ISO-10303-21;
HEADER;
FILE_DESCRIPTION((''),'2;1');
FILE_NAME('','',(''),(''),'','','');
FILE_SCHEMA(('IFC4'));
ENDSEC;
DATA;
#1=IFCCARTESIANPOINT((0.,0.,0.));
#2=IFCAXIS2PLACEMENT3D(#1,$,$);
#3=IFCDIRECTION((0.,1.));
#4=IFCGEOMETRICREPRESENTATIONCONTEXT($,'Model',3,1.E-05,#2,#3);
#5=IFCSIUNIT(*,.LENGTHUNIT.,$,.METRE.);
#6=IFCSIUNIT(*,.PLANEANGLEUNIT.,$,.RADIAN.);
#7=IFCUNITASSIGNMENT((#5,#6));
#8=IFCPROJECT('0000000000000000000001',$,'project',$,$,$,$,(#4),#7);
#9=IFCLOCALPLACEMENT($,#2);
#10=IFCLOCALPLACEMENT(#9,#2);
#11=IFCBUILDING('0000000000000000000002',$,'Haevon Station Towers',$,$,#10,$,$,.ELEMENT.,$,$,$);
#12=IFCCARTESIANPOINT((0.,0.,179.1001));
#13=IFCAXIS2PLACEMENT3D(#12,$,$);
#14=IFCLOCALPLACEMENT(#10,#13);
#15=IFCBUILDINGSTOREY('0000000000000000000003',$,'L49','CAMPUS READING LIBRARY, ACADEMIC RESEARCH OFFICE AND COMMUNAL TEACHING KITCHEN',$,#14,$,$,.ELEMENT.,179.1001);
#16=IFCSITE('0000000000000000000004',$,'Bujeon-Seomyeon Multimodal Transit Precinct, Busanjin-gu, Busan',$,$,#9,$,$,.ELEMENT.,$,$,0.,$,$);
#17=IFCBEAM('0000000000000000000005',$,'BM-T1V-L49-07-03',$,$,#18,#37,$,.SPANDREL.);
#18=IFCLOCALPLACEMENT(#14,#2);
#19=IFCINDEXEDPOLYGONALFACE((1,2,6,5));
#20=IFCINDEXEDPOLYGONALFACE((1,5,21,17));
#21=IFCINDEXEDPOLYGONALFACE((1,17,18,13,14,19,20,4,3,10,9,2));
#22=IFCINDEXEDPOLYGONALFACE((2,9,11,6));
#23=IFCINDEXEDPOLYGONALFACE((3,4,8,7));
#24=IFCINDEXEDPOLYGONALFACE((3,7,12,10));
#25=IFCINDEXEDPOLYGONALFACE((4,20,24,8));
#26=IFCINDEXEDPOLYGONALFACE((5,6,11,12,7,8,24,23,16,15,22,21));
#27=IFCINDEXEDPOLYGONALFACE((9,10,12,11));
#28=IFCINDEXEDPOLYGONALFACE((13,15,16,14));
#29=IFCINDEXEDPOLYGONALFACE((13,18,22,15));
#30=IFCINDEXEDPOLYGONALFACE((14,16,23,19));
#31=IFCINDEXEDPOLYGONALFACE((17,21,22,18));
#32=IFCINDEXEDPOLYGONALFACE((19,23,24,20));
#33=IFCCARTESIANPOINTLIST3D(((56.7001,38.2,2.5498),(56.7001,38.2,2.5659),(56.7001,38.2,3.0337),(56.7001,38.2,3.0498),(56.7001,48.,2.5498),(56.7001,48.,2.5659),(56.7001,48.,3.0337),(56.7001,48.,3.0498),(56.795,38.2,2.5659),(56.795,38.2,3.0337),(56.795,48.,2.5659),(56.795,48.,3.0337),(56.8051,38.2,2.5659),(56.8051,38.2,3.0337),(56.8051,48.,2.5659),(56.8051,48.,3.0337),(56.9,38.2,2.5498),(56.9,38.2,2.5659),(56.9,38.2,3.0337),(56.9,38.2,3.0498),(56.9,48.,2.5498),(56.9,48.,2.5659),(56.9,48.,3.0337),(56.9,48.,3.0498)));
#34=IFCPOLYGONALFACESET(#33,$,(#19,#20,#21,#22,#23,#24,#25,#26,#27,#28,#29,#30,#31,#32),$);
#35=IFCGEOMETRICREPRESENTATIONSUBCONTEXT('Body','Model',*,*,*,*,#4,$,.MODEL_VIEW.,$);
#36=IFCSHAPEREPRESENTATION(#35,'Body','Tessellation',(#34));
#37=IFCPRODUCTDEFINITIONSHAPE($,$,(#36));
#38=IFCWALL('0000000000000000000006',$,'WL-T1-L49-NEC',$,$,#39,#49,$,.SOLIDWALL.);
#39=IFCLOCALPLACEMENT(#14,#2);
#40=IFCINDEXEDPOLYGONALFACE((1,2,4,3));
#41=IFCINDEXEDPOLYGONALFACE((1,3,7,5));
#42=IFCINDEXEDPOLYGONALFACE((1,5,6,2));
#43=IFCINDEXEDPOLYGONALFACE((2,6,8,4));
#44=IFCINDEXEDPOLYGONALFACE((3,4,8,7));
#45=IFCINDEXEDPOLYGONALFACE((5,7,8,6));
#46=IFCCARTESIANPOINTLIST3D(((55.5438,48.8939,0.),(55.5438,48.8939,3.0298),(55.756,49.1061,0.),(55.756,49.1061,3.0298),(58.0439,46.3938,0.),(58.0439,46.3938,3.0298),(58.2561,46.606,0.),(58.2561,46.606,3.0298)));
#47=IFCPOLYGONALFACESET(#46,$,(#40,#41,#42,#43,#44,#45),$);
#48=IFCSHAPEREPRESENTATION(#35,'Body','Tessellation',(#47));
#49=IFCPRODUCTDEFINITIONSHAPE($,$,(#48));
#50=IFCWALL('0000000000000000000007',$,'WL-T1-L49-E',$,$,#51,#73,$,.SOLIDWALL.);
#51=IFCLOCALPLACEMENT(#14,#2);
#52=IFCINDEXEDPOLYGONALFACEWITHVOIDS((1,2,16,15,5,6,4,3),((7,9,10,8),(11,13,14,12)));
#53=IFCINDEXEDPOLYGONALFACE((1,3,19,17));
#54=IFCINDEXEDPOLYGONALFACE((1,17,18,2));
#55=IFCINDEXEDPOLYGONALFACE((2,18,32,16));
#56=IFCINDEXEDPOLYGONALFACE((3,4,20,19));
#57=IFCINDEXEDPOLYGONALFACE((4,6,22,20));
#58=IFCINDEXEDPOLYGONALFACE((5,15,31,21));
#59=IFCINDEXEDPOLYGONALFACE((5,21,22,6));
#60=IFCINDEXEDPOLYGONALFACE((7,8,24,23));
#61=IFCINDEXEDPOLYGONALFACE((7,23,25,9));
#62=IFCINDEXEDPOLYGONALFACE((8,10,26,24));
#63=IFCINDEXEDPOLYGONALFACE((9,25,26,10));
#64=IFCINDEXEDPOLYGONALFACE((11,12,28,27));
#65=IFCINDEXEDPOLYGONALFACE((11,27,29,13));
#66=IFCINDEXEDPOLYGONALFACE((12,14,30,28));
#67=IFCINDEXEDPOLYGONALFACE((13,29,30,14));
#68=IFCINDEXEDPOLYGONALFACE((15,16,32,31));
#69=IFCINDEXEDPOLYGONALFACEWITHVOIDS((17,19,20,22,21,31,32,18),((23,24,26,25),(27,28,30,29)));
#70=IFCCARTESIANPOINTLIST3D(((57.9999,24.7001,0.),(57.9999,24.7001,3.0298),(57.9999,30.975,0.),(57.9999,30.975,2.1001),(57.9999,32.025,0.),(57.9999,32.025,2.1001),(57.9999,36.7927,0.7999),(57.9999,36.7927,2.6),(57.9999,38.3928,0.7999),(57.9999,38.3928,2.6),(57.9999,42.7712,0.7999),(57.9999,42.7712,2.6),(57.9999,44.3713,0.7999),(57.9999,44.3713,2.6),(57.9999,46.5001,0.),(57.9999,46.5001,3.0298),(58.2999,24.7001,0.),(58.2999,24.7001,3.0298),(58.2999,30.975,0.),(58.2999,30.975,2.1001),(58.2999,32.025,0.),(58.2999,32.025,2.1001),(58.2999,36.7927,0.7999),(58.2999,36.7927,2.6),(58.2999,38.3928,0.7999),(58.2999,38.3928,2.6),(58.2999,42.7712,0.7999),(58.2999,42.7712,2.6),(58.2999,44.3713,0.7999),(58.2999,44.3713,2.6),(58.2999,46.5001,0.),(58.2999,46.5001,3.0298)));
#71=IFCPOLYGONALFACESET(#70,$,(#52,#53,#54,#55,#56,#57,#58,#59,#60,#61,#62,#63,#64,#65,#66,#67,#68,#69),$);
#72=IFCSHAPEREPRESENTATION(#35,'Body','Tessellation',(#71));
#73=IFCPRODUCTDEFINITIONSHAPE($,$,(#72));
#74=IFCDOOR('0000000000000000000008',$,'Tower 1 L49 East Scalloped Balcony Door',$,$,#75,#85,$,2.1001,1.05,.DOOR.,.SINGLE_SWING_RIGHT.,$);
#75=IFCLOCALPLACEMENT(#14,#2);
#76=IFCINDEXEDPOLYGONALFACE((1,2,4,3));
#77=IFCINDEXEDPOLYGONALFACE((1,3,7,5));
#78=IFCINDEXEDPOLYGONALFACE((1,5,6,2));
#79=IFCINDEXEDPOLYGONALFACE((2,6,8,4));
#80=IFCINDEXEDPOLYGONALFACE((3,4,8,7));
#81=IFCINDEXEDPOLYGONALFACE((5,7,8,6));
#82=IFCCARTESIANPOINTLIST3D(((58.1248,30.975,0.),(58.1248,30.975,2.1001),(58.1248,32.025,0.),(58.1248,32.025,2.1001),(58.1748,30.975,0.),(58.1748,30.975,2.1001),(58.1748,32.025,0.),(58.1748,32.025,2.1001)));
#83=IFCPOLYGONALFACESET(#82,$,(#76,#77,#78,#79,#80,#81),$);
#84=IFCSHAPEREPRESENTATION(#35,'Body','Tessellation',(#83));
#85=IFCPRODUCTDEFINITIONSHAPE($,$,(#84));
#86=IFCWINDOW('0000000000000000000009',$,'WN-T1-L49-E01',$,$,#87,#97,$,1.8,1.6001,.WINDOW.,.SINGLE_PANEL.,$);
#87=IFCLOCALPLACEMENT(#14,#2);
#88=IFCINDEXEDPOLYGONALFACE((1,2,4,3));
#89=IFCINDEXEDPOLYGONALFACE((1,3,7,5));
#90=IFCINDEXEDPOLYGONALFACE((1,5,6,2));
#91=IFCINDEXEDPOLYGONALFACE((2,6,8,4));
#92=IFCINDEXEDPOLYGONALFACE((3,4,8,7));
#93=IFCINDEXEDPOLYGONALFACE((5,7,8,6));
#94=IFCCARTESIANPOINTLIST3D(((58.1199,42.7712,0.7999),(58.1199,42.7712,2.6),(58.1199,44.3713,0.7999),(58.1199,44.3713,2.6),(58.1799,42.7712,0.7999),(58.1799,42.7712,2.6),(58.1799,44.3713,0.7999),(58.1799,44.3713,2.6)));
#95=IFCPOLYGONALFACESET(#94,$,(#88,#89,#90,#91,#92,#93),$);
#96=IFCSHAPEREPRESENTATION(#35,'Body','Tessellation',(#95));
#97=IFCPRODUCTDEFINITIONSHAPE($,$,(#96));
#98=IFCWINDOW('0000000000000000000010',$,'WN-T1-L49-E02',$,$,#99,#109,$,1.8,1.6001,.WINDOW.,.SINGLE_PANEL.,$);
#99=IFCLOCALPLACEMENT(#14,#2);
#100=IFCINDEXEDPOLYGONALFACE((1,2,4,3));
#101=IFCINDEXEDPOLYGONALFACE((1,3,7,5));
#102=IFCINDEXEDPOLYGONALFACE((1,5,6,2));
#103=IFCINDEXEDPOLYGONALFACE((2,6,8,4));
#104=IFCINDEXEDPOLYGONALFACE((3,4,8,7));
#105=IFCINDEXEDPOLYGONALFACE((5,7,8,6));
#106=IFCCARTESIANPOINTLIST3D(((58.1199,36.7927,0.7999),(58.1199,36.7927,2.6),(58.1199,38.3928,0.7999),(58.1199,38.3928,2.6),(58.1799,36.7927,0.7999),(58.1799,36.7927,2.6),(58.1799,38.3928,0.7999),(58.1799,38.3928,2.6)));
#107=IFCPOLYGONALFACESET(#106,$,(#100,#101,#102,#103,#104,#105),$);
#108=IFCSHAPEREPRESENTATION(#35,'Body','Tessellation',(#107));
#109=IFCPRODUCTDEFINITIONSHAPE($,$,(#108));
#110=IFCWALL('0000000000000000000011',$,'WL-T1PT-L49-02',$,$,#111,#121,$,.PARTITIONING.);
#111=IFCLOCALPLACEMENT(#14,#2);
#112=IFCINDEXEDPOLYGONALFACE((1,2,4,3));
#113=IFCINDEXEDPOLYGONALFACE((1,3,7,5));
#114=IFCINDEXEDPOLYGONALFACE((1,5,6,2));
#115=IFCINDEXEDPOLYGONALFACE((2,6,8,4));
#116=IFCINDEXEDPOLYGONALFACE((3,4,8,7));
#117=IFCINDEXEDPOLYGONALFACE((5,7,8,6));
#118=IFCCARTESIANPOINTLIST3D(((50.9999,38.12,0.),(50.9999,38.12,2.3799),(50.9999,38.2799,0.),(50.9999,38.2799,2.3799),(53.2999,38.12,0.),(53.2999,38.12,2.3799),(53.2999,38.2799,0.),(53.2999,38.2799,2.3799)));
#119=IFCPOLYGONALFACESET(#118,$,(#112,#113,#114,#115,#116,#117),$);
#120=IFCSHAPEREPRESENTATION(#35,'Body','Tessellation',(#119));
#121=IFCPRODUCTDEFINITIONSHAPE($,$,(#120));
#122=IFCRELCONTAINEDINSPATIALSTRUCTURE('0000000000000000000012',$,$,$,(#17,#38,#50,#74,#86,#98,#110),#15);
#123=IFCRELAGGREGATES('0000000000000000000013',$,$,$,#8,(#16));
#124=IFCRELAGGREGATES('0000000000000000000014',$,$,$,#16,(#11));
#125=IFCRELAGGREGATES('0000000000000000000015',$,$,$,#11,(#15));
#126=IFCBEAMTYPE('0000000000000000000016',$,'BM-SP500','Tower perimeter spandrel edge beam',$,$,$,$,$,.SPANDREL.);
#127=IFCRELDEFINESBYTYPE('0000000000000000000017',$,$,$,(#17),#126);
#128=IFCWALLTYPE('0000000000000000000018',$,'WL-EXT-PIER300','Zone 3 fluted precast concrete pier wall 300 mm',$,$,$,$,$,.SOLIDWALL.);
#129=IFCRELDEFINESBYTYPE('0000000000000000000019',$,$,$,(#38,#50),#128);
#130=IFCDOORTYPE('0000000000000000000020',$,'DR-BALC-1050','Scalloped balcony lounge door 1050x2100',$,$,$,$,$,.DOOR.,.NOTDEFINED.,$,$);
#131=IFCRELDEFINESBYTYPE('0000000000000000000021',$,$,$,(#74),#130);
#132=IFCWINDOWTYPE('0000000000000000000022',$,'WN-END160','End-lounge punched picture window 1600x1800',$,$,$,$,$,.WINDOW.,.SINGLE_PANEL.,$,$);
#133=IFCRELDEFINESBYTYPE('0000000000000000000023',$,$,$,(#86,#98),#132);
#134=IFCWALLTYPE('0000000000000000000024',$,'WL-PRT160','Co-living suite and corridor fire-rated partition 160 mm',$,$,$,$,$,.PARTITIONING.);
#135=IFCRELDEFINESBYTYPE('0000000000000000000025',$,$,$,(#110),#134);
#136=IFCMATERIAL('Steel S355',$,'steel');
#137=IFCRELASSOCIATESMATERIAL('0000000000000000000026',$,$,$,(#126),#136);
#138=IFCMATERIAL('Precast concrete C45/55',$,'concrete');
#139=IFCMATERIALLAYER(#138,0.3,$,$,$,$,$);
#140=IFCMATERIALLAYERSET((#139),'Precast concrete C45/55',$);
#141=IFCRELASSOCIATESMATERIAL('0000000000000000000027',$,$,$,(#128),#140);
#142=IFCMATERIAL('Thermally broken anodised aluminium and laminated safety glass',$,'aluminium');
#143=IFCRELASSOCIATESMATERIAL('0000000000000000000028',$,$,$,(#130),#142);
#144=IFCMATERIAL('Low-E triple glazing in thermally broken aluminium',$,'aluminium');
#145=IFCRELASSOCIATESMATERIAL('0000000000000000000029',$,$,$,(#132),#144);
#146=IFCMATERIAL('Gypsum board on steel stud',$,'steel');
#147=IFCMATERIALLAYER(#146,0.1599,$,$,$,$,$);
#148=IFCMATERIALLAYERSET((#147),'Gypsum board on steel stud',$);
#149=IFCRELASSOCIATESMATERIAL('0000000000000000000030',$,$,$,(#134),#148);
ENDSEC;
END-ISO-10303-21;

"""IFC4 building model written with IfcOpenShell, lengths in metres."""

from ifc_helpers import new_model, si_unit, direction, frame, frame_2d, origin, origin_2d, place, context, subcontext, project, spatial, rectangle, i_section, extrude, material, layer, layer_set, material_profile, profile_set, type_object, element, fill, save


model = new_model("IFC4")

# Units and contexts
model_context = context("Model", 3, precision=1e-05, world=origin(), true_north=direction((0.0, 1.0)))
body_context = subcontext(model_context, "Body", "Model", "MODEL_VIEW")
ifc_project = project(units=[si_unit("LENGTHUNIT", "METRE"), si_unit("PLANEANGLEUNIT", "RADIAN")], contexts=[model_context])

# Site, building, storey
site_placement = place(None, origin())
site = spatial("IfcSite", under=ifc_project, at=site_placement, Name="Bujeon-Seomyeon Multimodal Transit Precinct, Busanjin-gu, Busan", CompositionType="ELEMENT", RefElevation=0.0)
building_placement = place(site_placement, origin())
building = spatial("IfcBuilding", under=site, at=building_placement, Name="Haevon Station Towers", CompositionType="ELEMENT")
storey_placement = place(building_placement, frame((0.0, 0.0, 179.1001)))
storey = spatial("IfcBuildingStorey", under=building, at=storey_placement, Name="L49", Description="CAMPUS READING LIBRARY, ACADEMIC RESEARCH OFFICE AND COMMUNAL TEACHING KITCHEN", CompositionType="ELEMENT", Elevation=179.1001)

# Shared definitions
ifc_material_1 = material(Name="Steel S355", Category="steel")

# Beam
ifc_material_profile_1 = material_profile(ifc_material_1, i_section(OverallWidth=0.2, OverallDepth=0.5, WebThickness=0.01, FlangeThickness=0.0161, at=origin_2d()), Name="H-500x200x10x16")
ifc_profile_set_1 = profile_set([ifc_material_profile_1], Name="Steel S355")
beam_type_1 = type_object("IfcBeamType", Name="BM-SP500", Description="Tower perimeter spandrel edge beam", PredefinedType="SPANDREL", material=ifc_profile_set_1)
beam_1_placement = place(storey_placement, frame((56.8, 38.2, 2.7998), z_axis=(0.0, 1.0, 0.0), x_axis=(-1.0, 0.0, 0.0)))
element("IfcBeam", 1, at=beam_1_placement, inside=storey, type_object=beam_type_1, Name="BM-T1V-L49-07-03", PredefinedType="SPANDREL", context=body_context, shape_type="SweptSolid", body=[
    extrude(i_section(OverallWidth=0.2, OverallDepth=0.5, WebThickness=0.01, FlangeThickness=0.0161, at=origin_2d()), origin(), (0.0, 0.0, 1.0), 9.8),
])

# Wall
ifc_material_2 = material(Name="Precast concrete C45/55", Category="concrete")
ifc_layer_1 = layer(ifc_material_2, 0.3)
ifc_layer_set_1 = layer_set([ifc_layer_1], Name="Precast concrete C45/55")
wall_type_1 = type_object("IfcWallType", Name="WL-EXT-PIER300", Description="Zone 3 fluted precast concrete pier wall 300 mm", PredefinedType="SOLIDWALL", material=ifc_layer_set_1)
wall_1_placement = place(storey_placement, frame((55.6499, 49.0, 0.0), z_axis=(0.0, 0.0, 1.0), x_axis=(0.707107, -0.707107, 0.0)))
element("IfcWall", 2, at=wall_1_placement, inside=storey, type_object=wall_type_1, Name="WL-T1-L49-NEC", PredefinedType="SOLIDWALL", context=body_context, shape_type="SweptSolid", body=[
    extrude(rectangle(XDim=3.5356, YDim=0.3, at=frame_2d((1.7678, 0.0))), origin(), (0.0, 0.0, 1.0), 3.0298),
])

# Wall, openings, door, windows
wall_2_placement = place(storey_placement, frame((58.1499, 46.5, 0.0), z_axis=(0.0, 0.0, 1.0), x_axis=(0.0, -1.0, 0.0)))
wall_2 = element("IfcWall", 3, at=wall_2_placement, inside=storey, type_object=wall_type_1, Name="WL-T1-L49-E", PredefinedType="SOLIDWALL", context=body_context, shape_type="SweptSolid", body=[
    extrude(rectangle(XDim=21.8, YDim=0.3, at=frame_2d((10.8999, 0.0))), origin(), (0.0, 0.0, 1.0), 3.0298),
])
opening_1_placement = place(wall_2_placement, frame((14.4751, 0.0, 0.0)))
opening_1 = element("IfcOpeningElement", 4, at=opening_1_placement, cuts=wall_2, PredefinedType="OPENING", context=body_context, shape_type="SweptSolid", body=[
    extrude(rectangle(XDim=1.05, YDim=2.1001, at=frame_2d((0.5249, 1.05))), frame((0.0, 0.1599, 0.0), z_axis=(0.0, -1.0, 0.0), x_axis=(1.0, 0.0, 0.0)), (0.0, 0.0, 1.0), 0.3201),
])
opening_2_placement = place(wall_2_placement, frame((2.1287, 0.0, 0.8)))
opening_2 = element("IfcOpeningElement", 5, at=opening_2_placement, cuts=wall_2, PredefinedType="OPENING", context=body_context, shape_type="SweptSolid", body=[
    extrude(rectangle(XDim=1.6001, YDim=1.8, at=frame_2d((0.8, 0.8999))), frame((0.0, 0.1599, 0.0), z_axis=(0.0, -1.0, 0.0), x_axis=(1.0, 0.0, 0.0)), (0.0, 0.0, 1.0), 0.3201),
])
opening_3_placement = place(wall_2_placement, frame((8.1072, 0.0, 0.8)))
opening_3 = element("IfcOpeningElement", 6, at=opening_3_placement, cuts=wall_2, PredefinedType="OPENING", context=body_context, shape_type="SweptSolid", body=[
    extrude(rectangle(XDim=1.6001, YDim=1.8, at=frame_2d((0.8, 0.8999))), frame((0.0, 0.1599, 0.0), z_axis=(0.0, -1.0, 0.0), x_axis=(1.0, 0.0, 0.0)), (0.0, 0.0, 1.0), 0.3201),
])
ifc_material_3 = material(Name="Thermally broken anodised aluminium and laminated safety glass", Category="aluminium")
door_type = type_object("IfcDoorType", Name="DR-BALC-1050", Description="Scalloped balcony lounge door 1050x2100", OperationType="NOTDEFINED", PredefinedType="DOOR", material=ifc_material_3)
door_placement = place(opening_1_placement, origin())
door = element("IfcDoor", 7, at=door_placement, inside=storey, type_object=door_type, Name="Tower 1 L49 East Scalloped Balcony Door", OperationType="SINGLE_SWING_RIGHT", OverallHeight=2.1001, OverallWidth=1.05, PredefinedType="DOOR", context=body_context, shape_type="SweptSolid", body=[
    extrude(rectangle(XDim=1.05, YDim=2.1001, at=frame_2d((0.5249, 1.05))), frame((0.0, 0.0249, 0.0), z_axis=(0.0, -1.0, 0.0), x_axis=(1.0, 0.0, 0.0)), (0.0, 0.0, 1.0), 0.05),
])
fill(opening_1, door)
ifc_material_4 = material(Name="Low-E triple glazing in thermally broken aluminium", Category="aluminium")
window_type = type_object("IfcWindowType", Name="WN-END160", Description="End-lounge punched picture window 1600x1800", PartitioningType="SINGLE_PANEL", PredefinedType="WINDOW", material=ifc_material_4)
window_1_placement = place(opening_2_placement, origin())
window_1 = element("IfcWindow", 8, at=window_1_placement, inside=storey, type_object=window_type, Name="WN-T1-L49-E01", OverallHeight=1.8, OverallWidth=1.6001, PartitioningType="SINGLE_PANEL", PredefinedType="WINDOW", context=body_context, shape_type="SweptSolid", body=[
    extrude(rectangle(XDim=1.6001, YDim=1.8, at=frame_2d((0.8, 0.8999))), frame((0.0, 0.03, 0.0), z_axis=(0.0, -1.0, 0.0), x_axis=(1.0, 0.0, 0.0)), (0.0, 0.0, 1.0), 0.0601),
])
fill(opening_2, window_1)
window_2_placement = place(opening_3_placement, origin())
window_2 = element("IfcWindow", 9, at=window_2_placement, inside=storey, type_object=window_type, Name="WN-T1-L49-E02", OverallHeight=1.8, OverallWidth=1.6001, PartitioningType="SINGLE_PANEL", PredefinedType="WINDOW", context=body_context, shape_type="SweptSolid", body=[
    extrude(rectangle(XDim=1.6001, YDim=1.8, at=frame_2d((0.8, 0.8999))), frame((0.0, 0.03, 0.0), z_axis=(0.0, -1.0, 0.0), x_axis=(1.0, 0.0, 0.0)), (0.0, 0.0, 1.0), 0.0601),
])
fill(opening_3, window_2)

# Wall
ifc_material_5 = material(Name="Gypsum board on steel stud", Category="steel")
ifc_layer_2 = layer(ifc_material_5, 0.1599)
ifc_layer_set_2 = layer_set([ifc_layer_2], Name="Gypsum board on steel stud")
wall_type_2 = type_object("IfcWallType", Name="WL-PRT160", Description="Co-living suite and corridor fire-rated partition 160 mm", PredefinedType="PARTITIONING", material=ifc_layer_set_2)
wall_3_placement = place(storey_placement, frame((51.0, 38.2, 0.0), z_axis=(0.0, 0.0, 1.0), x_axis=(1.0, 0.0, 0.0)))
element("IfcWall", 10, at=wall_3_placement, inside=storey, type_object=wall_type_2, Name="WL-T1PT-L49-02", PredefinedType="PARTITIONING", context=body_context, shape_type="SweptSolid", body=[
    extrude(rectangle(XDim=2.3, YDim=0.1599, at=frame_2d((1.1499, 0.0))), origin(), (0.0, 0.0, 1.0), 2.3799),
])

save(model, "model.ifc")
